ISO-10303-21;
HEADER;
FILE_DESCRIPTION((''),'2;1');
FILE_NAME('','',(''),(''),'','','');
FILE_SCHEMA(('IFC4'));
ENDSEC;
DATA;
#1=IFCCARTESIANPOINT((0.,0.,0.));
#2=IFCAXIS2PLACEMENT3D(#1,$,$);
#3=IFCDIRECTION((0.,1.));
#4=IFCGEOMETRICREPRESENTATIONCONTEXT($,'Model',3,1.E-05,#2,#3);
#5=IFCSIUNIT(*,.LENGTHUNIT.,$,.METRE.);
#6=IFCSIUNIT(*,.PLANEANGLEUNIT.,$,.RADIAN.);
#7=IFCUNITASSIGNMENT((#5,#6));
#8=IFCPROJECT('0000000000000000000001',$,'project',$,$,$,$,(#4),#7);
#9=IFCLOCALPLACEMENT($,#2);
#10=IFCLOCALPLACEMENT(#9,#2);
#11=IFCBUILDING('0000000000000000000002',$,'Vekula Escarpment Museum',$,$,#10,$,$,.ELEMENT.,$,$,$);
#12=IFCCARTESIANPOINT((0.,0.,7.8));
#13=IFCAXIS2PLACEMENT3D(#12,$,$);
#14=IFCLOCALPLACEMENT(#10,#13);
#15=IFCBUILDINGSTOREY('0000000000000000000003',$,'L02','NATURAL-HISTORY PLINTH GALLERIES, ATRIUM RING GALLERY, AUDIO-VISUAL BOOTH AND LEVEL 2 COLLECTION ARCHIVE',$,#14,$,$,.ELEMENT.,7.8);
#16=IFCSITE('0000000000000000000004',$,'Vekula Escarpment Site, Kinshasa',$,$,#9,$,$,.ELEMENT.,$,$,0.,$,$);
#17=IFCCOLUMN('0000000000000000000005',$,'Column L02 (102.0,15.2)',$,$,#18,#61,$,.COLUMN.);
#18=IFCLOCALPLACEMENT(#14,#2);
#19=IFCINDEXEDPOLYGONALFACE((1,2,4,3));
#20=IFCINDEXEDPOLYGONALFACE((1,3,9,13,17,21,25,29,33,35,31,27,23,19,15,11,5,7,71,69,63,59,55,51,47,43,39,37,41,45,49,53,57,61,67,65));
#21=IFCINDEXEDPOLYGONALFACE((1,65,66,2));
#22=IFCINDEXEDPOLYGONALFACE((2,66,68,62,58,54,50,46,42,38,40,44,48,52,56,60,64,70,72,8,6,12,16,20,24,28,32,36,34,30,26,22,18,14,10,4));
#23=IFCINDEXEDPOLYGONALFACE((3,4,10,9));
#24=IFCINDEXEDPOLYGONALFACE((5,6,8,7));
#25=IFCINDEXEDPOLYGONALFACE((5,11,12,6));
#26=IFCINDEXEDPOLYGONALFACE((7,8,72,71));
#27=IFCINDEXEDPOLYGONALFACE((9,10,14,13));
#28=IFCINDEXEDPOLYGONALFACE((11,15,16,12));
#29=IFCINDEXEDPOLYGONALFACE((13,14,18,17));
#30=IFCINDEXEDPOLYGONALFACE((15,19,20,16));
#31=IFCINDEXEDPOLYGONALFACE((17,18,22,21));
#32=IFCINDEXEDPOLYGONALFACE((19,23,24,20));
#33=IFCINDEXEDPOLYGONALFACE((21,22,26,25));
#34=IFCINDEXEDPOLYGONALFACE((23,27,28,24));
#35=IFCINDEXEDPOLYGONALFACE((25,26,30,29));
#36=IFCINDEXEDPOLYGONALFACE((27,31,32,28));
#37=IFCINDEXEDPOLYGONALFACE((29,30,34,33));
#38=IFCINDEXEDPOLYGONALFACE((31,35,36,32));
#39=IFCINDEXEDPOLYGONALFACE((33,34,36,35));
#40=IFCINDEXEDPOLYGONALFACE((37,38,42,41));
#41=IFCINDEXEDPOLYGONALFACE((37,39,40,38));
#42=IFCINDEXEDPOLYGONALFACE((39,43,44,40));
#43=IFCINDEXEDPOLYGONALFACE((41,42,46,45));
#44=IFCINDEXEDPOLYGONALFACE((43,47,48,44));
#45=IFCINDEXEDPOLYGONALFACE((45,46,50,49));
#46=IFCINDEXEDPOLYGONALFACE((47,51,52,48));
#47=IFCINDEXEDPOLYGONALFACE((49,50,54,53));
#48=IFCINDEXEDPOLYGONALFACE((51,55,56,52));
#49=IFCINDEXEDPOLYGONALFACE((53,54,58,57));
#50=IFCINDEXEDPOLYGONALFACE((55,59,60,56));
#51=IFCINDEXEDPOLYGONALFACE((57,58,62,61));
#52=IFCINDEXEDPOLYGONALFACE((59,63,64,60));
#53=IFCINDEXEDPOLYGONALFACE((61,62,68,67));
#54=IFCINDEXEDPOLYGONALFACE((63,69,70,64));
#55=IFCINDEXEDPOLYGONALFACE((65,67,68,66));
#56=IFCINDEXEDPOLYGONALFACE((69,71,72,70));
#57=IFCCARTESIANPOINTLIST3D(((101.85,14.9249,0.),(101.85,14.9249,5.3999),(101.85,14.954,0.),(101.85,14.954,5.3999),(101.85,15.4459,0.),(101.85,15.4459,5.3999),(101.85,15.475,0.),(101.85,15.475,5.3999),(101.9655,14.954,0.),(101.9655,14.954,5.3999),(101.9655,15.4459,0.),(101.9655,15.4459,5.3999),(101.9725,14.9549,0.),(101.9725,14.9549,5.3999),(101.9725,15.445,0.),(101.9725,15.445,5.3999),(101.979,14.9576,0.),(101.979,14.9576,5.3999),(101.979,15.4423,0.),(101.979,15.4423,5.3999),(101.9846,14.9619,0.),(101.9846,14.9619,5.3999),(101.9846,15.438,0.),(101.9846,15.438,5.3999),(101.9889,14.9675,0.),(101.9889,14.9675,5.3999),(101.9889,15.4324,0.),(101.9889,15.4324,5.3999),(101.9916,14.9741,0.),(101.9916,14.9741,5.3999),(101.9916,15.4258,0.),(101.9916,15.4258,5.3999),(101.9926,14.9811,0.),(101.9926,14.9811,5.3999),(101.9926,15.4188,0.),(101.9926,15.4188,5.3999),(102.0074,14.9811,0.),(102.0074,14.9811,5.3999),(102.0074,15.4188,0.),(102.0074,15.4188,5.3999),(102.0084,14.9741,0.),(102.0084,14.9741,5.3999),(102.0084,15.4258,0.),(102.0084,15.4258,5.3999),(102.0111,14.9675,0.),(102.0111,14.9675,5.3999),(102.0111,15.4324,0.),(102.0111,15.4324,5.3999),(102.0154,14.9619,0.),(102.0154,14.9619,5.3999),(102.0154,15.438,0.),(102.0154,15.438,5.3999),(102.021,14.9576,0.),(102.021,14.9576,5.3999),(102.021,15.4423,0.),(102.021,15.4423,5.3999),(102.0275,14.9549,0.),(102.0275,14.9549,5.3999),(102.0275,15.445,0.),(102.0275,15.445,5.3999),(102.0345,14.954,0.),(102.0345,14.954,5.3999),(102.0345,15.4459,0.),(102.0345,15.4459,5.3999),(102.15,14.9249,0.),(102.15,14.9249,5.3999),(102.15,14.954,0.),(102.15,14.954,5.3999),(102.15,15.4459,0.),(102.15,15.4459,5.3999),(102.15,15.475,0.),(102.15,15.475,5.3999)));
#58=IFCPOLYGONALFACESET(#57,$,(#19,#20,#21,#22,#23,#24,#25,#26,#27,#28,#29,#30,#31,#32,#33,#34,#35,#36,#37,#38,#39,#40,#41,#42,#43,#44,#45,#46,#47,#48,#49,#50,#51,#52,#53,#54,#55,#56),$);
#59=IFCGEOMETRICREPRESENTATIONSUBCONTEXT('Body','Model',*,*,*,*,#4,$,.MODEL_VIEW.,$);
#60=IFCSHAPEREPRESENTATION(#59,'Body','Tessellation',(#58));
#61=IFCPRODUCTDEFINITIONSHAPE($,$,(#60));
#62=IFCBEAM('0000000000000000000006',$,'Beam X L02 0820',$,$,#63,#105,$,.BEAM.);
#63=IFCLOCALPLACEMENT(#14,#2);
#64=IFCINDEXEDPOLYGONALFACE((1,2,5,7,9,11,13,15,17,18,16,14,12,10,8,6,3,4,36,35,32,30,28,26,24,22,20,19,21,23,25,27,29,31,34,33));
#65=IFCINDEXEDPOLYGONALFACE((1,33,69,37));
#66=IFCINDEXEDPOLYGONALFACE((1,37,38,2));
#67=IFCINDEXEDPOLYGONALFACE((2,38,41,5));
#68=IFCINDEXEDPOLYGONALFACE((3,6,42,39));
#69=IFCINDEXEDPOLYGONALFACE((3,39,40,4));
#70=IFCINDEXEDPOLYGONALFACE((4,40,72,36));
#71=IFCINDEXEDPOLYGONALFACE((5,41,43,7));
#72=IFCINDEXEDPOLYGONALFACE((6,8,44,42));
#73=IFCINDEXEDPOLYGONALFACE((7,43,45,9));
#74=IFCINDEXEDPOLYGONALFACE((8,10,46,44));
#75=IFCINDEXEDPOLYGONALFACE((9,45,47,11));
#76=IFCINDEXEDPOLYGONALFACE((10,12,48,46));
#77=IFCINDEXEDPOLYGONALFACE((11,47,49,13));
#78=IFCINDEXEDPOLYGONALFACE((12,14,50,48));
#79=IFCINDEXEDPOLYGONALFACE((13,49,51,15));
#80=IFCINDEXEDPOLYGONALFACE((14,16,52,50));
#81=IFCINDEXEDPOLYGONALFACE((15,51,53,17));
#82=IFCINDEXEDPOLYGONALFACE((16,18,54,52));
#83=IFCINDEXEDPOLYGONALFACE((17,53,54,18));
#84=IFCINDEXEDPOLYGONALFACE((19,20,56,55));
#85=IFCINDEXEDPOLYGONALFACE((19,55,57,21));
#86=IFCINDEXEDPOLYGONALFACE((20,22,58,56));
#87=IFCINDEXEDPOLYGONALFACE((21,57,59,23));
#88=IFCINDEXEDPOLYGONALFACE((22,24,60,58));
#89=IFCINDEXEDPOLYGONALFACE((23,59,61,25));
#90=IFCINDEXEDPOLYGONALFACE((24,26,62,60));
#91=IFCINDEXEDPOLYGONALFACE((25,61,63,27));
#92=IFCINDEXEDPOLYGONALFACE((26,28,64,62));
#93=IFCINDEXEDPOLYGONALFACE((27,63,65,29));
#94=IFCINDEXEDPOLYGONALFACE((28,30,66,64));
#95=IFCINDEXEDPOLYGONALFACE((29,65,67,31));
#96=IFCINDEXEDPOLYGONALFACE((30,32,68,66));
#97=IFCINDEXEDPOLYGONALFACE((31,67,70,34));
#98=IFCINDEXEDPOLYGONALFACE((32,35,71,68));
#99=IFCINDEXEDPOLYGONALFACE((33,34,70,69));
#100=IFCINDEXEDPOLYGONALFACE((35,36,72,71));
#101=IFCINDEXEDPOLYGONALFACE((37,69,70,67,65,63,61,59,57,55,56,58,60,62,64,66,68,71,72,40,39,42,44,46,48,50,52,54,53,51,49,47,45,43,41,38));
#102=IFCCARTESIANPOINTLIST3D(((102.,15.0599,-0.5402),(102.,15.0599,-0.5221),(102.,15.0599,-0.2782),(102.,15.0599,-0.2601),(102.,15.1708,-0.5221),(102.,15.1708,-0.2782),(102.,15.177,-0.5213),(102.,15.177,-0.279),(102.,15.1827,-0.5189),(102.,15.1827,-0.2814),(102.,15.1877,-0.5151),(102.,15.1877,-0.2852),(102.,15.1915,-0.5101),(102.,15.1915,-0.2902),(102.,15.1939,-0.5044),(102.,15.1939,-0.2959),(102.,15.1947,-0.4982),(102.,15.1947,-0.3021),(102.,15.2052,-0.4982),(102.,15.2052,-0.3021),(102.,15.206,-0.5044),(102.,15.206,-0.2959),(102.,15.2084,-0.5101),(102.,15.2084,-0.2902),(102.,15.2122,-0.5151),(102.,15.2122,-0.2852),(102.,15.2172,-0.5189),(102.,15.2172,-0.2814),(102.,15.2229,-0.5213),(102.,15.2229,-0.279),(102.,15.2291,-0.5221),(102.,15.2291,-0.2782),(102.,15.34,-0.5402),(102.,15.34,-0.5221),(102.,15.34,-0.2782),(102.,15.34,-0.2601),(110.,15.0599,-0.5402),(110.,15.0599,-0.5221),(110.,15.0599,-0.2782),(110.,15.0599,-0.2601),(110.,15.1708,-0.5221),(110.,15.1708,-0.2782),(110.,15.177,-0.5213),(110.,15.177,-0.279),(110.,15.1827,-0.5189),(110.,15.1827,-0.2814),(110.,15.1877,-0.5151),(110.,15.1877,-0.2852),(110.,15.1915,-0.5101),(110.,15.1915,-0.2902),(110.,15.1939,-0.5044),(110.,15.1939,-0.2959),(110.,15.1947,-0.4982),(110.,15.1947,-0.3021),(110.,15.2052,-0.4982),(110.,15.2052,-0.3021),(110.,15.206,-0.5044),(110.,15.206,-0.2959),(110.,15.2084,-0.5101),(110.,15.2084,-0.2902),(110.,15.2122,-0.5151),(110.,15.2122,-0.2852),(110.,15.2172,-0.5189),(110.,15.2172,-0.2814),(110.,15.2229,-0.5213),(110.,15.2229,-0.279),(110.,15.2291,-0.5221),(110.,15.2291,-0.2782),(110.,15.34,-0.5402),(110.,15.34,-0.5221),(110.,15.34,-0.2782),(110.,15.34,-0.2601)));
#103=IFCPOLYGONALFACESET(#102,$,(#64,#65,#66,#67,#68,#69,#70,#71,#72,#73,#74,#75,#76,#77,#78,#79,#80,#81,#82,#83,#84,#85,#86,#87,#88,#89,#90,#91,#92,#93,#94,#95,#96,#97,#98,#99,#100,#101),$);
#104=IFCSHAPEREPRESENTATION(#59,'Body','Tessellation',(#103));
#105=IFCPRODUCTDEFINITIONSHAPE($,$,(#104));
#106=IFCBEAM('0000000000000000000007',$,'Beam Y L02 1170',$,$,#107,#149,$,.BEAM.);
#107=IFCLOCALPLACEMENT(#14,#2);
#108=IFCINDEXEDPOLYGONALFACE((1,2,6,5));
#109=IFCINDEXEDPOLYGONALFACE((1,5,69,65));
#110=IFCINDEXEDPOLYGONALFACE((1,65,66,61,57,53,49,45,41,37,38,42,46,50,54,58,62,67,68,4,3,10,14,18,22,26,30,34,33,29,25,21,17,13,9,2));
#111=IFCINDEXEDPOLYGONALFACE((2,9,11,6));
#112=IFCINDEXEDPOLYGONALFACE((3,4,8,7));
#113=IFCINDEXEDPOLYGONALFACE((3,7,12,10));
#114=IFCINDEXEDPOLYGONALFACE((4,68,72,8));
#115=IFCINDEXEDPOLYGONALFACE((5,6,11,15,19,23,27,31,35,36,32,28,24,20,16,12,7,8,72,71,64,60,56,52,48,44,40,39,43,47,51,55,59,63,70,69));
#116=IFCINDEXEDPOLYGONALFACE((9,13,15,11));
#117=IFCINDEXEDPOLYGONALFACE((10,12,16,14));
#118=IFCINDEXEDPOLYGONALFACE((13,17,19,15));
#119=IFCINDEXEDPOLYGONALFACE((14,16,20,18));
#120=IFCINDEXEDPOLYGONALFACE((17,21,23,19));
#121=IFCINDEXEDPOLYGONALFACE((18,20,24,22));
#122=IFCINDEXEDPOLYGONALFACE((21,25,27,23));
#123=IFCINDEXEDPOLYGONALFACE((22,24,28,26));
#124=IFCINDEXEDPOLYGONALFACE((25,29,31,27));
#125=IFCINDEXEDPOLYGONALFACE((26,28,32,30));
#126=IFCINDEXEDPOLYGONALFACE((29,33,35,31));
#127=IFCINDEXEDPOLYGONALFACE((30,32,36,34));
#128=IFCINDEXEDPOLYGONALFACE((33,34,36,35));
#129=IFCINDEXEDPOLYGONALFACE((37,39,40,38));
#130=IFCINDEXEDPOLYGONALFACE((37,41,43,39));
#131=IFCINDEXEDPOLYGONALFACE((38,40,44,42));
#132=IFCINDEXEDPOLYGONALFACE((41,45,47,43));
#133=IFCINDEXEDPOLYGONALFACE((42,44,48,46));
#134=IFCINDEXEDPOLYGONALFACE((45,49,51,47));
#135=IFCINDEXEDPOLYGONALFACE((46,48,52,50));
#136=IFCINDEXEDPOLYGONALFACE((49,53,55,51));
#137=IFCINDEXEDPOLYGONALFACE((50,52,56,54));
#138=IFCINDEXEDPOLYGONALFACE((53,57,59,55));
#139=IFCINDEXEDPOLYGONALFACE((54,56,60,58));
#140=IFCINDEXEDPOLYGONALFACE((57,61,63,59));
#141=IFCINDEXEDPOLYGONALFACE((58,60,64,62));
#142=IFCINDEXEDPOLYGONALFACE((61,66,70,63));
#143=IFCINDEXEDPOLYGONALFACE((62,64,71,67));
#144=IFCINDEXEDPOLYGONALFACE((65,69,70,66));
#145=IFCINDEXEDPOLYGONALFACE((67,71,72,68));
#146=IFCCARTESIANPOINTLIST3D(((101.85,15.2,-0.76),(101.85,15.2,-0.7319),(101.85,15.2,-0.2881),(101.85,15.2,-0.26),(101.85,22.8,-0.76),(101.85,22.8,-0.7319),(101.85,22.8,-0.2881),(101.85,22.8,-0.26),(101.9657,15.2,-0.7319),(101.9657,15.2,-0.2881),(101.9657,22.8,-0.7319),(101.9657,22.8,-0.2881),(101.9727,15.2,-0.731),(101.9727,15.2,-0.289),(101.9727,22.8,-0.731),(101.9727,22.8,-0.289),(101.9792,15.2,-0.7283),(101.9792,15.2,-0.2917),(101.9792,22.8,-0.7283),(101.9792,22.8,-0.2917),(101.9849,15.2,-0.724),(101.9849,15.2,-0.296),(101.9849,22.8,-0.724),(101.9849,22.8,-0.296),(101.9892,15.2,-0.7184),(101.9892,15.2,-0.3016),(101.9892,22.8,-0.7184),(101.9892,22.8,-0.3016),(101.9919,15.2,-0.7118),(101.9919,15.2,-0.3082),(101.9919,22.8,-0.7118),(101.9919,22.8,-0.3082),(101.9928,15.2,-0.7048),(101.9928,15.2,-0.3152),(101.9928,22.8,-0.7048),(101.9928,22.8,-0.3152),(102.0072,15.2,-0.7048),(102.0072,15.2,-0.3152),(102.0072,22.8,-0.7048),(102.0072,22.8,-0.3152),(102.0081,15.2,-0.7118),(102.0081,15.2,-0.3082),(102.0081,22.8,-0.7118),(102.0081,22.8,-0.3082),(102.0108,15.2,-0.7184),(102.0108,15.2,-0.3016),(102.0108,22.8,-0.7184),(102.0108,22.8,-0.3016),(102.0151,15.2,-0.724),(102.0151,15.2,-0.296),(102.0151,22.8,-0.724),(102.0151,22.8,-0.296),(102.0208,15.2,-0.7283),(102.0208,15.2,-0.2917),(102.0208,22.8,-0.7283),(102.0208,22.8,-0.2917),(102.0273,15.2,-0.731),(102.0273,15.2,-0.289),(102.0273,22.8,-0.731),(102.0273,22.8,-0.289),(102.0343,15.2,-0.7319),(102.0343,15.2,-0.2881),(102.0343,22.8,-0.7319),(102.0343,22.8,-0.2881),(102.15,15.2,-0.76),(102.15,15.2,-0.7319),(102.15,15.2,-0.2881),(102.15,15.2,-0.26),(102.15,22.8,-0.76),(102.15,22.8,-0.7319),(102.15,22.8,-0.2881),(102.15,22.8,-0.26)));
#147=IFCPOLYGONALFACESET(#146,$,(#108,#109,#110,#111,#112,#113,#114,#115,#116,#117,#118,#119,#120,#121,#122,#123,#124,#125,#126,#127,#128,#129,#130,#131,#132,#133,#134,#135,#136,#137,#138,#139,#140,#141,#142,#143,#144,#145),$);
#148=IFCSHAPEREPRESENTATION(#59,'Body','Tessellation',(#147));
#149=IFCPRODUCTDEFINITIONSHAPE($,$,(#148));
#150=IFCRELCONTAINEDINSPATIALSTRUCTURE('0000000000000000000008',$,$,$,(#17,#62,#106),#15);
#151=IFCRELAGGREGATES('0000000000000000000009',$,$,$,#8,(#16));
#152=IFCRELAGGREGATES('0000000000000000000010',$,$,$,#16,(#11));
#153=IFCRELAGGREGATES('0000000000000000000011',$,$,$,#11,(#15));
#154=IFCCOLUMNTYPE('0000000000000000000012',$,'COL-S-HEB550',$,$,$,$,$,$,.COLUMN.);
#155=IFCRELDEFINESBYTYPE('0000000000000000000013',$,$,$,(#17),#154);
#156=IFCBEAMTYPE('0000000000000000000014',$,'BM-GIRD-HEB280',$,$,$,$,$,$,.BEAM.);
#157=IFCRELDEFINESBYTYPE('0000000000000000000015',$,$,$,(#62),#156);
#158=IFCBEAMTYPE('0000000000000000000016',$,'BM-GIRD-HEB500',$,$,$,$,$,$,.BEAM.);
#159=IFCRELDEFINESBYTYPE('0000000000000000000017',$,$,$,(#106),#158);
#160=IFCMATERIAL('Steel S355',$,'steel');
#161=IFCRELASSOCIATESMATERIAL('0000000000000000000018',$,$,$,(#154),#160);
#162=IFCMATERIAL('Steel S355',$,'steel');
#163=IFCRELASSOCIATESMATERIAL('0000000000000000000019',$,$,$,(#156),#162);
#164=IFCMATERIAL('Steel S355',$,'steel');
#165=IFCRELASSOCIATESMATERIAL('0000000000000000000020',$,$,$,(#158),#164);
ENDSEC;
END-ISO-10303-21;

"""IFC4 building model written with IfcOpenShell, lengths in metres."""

from ifc_helpers import new_model, si_unit, direction, frame, origin, origin_2d, place, context, subcontext, project, spatial, i_section, extrude, material, material_profile, profile_set, type_object, element, save


model = new_model("IFC4")

# Units and contexts
model_context = context("Model", 3, precision=1e-05, world=origin(), true_north=direction((0.0, 1.0)))
body_context = subcontext(model_context, "Body", "Model", "MODEL_VIEW")
ifc_project = project(units=[si_unit("LENGTHUNIT", "METRE"), si_unit("PLANEANGLEUNIT", "RADIAN")], contexts=[model_context])

# Site, building, storey
site_placement = place(None, origin())
site = spatial("IfcSite", under=ifc_project, at=site_placement, Name="Vekula Escarpment Site, Kinshasa", CompositionType="ELEMENT", RefElevation=0.0)
building_placement = place(site_placement, origin())
building = spatial("IfcBuilding", under=site, at=building_placement, Name="Vekula Escarpment Museum", CompositionType="ELEMENT")
storey_placement = place(building_placement, frame((0.0, 0.0, 7.8)))
storey = spatial("IfcBuildingStorey", under=building, at=storey_placement, Name="L02", Description="NATURAL-HISTORY PLINTH GALLERIES, ATRIUM RING GALLERY, AUDIO-VISUAL BOOTH AND LEVEL 2 COLLECTION ARCHIVE", CompositionType="ELEMENT", Elevation=7.8)

# Column
ifc_material_1 = material(Name="Steel S355", Category="steel")
ifc_material_profile_1 = material_profile(ifc_material_1, i_section(OverallWidth=0.3, OverallDepth=0.55, WebThickness=0.0149, FlangeThickness=0.0291, FilletRadius=0.0271, at=origin_2d()), Name="HEB 550")
ifc_profile_set_1 = profile_set([ifc_material_profile_1], Name="Steel S355")
column_type = type_object("IfcColumnType", Name="COL-S-HEB550", PredefinedType="COLUMN", material=ifc_profile_set_1)
column_placement = place(storey_placement, frame((102.0, 15.2, 0.0), z_axis=(0.0, 0.0, 1.0), x_axis=(1.0, 0.0, 0.0)))
element("IfcColumn", 1, at=column_placement, inside=storey, type_object=column_type, Name="Column L02 (102.0,15.2)", PredefinedType="COLUMN", context=body_context, shape_type="SweptSolid", body=[
    extrude(i_section(OverallWidth=0.3, OverallDepth=0.55, WebThickness=0.0149, FlangeThickness=0.0291, FilletRadius=0.0271, at=origin_2d()), origin(), (0.0, 0.0, 1.0), 5.3999),
])

# Beams
ifc_material_2 = material(Name="Steel S355", Category="steel")
ifc_material_profile_2 = material_profile(ifc_material_2, i_section(OverallWidth=0.28, OverallDepth=0.28, WebThickness=0.0105, FlangeThickness=0.0181, FilletRadius=0.0239, at=origin_2d()), Name="HEB 280")
ifc_profile_set_2 = profile_set([ifc_material_profile_2], Name="Steel S355")
beam_type_1 = type_object("IfcBeamType", Name="BM-GIRD-HEB280", PredefinedType="BEAM", material=ifc_profile_set_2)
beam_1_placement = place(storey_placement, frame((102.0, 15.2, -0.4001), z_axis=(1.0, 0.0, 0.0), x_axis=(0.0, 1.0, 0.0)))
element("IfcBeam", 2, at=beam_1_placement, inside=storey, type_object=beam_type_1, Name="Beam X L02 0820", PredefinedType="BEAM", context=body_context, shape_type="SweptSolid", body=[
    extrude(i_section(OverallWidth=0.28, OverallDepth=0.28, WebThickness=0.0105, FlangeThickness=0.0181, FilletRadius=0.0239, at=origin_2d()), origin(), (0.0, 0.0, 1.0), 8.0),
])
ifc_material_3 = material(Name="Steel S355", Category="steel")
ifc_material_profile_3 = material_profile(ifc_material_3, i_section(OverallWidth=0.3, OverallDepth=0.5, WebThickness=0.0144, FlangeThickness=0.0281, FilletRadius=0.0271, at=origin_2d()), Name="HEB 500")
ifc_profile_set_3 = profile_set([ifc_material_profile_3], Name="Steel S355")
beam_type_2 = type_object("IfcBeamType", Name="BM-GIRD-HEB500", PredefinedType="BEAM", material=ifc_profile_set_3)
beam_2_placement = place(storey_placement, frame((102.0, 15.2, -0.51), z_axis=(0.0, 1.0, 0.0), x_axis=(-1.0, 0.0, 0.0)))
element("IfcBeam", 3, at=beam_2_placement, inside=storey, type_object=beam_type_2, Name="Beam Y L02 1170", PredefinedType="BEAM", context=body_context, shape_type="SweptSolid", body=[
    extrude(i_section(OverallWidth=0.3, OverallDepth=0.5, WebThickness=0.0144, FlangeThickness=0.0281, FilletRadius=0.0271, at=origin_2d()), origin(), (0.0, 0.0, 1.0), 7.6001),
])

save(model, "model.ifc")
